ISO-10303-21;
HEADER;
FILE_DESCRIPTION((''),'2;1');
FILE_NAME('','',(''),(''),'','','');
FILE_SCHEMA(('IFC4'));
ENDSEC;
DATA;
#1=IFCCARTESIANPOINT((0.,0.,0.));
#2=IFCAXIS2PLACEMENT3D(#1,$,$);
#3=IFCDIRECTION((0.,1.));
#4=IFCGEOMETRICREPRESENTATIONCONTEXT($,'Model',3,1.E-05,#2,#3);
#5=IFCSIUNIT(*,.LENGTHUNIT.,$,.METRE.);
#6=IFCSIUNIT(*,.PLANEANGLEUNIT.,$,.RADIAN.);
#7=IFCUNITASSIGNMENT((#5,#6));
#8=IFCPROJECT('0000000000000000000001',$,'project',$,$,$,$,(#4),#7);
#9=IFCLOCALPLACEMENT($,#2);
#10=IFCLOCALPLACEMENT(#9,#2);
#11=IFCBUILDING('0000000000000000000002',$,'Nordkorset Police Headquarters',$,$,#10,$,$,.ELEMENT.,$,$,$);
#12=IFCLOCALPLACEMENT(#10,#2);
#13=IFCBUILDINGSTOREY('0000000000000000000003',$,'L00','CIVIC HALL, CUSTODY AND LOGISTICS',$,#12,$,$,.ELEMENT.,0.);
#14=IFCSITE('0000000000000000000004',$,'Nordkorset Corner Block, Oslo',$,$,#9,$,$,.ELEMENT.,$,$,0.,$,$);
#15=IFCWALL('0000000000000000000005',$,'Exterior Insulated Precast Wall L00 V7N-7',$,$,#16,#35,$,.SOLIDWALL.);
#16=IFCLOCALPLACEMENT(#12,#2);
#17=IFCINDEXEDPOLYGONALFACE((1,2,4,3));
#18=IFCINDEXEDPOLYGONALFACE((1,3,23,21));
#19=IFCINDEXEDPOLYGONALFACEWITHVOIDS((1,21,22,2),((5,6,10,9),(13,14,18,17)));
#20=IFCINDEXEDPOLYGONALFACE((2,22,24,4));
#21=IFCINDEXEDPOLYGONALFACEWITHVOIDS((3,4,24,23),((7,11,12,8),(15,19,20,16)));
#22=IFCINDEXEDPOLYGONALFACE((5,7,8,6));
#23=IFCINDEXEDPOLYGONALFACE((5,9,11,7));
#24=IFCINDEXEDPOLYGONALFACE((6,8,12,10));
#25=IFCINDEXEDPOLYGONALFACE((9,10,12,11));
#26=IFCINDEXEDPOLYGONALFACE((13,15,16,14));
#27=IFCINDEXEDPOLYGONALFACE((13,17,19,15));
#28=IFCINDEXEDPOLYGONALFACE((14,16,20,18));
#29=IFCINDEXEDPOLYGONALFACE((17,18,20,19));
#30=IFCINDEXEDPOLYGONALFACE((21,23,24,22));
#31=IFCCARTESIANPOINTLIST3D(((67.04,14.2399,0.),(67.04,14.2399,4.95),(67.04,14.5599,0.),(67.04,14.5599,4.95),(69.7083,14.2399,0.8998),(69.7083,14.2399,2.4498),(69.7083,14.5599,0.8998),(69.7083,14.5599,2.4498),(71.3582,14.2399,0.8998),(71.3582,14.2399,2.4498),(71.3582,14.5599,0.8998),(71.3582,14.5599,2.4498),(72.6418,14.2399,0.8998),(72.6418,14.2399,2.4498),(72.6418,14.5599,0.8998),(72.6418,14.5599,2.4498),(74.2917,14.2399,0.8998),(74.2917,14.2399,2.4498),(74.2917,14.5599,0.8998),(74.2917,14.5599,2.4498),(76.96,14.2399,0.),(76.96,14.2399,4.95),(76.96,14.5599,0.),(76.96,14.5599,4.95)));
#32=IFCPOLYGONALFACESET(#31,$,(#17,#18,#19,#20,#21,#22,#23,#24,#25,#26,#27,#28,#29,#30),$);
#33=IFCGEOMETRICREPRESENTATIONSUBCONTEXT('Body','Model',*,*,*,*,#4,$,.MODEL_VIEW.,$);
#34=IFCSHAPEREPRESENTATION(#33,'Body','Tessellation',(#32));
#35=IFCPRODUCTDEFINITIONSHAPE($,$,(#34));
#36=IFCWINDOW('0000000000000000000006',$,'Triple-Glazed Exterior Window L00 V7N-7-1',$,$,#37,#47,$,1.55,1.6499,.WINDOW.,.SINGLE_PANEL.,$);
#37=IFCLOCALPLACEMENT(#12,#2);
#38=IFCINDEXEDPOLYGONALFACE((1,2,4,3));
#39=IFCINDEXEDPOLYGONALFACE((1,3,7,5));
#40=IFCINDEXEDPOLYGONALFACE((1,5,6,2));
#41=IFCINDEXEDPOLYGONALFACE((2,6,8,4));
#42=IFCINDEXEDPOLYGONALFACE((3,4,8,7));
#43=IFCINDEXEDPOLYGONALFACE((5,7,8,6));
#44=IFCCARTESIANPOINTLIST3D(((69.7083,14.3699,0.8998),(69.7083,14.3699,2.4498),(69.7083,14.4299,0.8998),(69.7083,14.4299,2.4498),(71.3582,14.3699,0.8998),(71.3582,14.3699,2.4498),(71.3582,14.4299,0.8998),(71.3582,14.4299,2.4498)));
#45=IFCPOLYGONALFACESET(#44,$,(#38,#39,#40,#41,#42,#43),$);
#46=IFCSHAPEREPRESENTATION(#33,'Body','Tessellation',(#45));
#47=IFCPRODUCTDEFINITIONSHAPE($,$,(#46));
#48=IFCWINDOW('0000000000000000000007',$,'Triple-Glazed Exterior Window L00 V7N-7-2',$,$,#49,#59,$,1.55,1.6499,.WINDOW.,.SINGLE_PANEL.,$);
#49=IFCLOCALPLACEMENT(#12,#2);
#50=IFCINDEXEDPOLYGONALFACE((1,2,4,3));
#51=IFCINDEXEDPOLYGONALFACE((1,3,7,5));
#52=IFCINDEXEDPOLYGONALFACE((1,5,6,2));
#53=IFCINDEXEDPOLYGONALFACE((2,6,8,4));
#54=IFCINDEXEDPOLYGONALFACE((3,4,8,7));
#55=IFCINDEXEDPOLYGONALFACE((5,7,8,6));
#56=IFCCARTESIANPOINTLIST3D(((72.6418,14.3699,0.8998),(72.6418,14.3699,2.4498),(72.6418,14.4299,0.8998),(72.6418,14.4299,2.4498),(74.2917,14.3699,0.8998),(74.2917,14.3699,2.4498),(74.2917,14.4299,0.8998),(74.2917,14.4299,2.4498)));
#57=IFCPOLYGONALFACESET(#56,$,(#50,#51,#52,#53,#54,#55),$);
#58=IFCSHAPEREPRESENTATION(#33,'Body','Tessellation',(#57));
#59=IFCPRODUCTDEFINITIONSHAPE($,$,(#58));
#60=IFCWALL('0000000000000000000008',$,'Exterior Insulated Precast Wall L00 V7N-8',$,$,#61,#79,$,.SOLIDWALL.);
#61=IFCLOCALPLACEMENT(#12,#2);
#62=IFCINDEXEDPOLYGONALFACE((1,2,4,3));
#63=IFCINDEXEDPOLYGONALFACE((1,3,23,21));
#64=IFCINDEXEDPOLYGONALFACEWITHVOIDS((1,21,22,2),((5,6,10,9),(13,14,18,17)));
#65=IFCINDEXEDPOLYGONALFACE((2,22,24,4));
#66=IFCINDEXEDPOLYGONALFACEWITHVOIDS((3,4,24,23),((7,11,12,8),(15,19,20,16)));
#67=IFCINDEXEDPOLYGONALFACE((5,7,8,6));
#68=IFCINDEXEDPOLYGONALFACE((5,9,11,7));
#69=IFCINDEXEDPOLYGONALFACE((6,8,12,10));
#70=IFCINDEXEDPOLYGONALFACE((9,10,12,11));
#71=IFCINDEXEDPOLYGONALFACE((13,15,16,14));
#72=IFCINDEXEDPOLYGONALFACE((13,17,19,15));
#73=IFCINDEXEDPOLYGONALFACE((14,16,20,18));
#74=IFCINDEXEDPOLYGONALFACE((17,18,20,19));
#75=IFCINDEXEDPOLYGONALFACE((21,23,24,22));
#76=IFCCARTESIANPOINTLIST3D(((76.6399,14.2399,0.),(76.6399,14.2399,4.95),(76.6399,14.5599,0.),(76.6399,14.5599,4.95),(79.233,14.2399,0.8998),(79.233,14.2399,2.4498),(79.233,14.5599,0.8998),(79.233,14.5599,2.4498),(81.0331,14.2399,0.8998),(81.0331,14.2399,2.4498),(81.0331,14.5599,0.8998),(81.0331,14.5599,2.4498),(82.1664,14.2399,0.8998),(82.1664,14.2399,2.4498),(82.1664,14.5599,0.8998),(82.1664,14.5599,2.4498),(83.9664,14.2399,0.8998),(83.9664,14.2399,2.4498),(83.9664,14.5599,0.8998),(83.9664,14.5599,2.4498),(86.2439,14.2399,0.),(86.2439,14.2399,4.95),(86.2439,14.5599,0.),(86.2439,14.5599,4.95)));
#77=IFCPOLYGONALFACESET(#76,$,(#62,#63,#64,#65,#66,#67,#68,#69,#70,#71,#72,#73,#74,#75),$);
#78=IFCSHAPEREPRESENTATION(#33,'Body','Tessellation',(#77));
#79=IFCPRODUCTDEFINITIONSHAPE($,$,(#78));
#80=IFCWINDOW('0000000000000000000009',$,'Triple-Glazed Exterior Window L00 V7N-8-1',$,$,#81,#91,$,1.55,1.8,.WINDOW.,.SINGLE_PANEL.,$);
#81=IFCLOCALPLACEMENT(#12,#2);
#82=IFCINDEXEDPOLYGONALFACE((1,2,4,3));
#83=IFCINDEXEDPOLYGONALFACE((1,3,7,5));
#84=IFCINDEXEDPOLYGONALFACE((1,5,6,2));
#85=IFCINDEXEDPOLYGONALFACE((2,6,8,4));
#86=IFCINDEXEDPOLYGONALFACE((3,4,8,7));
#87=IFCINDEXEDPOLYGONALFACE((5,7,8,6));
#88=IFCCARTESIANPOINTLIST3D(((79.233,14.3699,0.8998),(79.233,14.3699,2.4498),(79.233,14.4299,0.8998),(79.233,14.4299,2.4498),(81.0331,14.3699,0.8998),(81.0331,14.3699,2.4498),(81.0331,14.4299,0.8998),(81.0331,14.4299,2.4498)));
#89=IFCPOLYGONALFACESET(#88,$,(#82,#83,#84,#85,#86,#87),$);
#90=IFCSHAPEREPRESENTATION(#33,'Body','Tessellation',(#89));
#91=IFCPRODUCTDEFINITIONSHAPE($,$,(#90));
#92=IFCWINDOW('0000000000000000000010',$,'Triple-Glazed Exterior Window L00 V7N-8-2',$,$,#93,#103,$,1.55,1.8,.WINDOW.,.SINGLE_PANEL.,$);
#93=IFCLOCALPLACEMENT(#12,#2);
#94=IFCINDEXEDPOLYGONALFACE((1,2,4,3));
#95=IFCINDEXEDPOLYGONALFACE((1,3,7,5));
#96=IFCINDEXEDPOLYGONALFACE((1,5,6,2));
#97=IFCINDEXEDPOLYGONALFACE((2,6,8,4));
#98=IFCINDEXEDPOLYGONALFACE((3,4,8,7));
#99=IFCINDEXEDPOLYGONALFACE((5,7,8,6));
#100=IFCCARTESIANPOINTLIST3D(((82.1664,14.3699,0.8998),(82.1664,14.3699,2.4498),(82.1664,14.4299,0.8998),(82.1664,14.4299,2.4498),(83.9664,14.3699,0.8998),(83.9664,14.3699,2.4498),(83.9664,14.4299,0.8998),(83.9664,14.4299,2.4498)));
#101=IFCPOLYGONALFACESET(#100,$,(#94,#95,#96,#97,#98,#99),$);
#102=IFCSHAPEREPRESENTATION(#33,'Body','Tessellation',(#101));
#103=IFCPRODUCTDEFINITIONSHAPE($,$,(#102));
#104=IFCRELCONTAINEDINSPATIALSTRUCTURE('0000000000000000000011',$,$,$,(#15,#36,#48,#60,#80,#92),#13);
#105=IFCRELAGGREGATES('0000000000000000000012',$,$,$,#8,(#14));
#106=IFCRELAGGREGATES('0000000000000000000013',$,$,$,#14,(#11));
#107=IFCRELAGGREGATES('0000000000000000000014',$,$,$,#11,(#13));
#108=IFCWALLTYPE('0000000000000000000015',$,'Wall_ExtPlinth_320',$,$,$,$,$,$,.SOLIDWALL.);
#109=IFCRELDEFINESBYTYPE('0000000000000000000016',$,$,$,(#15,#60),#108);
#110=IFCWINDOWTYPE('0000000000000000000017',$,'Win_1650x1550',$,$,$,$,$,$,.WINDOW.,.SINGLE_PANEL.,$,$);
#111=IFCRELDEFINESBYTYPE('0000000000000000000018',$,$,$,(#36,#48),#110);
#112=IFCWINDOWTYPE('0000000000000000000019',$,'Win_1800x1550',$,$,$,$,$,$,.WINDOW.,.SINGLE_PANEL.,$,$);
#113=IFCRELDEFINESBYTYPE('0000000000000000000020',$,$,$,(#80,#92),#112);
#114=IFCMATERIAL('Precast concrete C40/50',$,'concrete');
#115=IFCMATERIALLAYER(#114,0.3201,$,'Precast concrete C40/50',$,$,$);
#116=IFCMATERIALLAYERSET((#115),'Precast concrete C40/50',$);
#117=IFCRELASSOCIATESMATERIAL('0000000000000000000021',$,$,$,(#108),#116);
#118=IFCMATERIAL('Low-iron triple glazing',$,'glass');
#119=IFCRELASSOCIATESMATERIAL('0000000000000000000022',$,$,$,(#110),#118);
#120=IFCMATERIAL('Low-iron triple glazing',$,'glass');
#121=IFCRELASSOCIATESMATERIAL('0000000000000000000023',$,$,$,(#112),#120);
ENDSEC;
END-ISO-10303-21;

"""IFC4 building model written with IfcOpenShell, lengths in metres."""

from ifc_helpers import new_model, si_unit, direction, frame, frame_2d, origin, place, context, subcontext, project, spatial, rectangle, extrude, material, layer, layer_set, type_object, element, fill, save


model = new_model("IFC4")

# Units and contexts
model_context = context("Model", 3, precision=1e-05, world=origin(), true_north=direction((0.0, 1.0)))
body_context = subcontext(model_context, "Body", "Model", "MODEL_VIEW")
ifc_project = project(units=[si_unit("LENGTHUNIT", "METRE"), si_unit("PLANEANGLEUNIT", "RADIAN")], contexts=[model_context])

# Site, building, storey
site_placement = place(None, origin())
site = spatial("IfcSite", under=ifc_project, at=site_placement, Name="Nordkorset Corner Block, Oslo", CompositionType="ELEMENT", RefElevation=0.0)
building_placement = place(site_placement, origin())
building = spatial("IfcBuilding", under=site, at=building_placement, Name="Nordkorset Police Headquarters", CompositionType="ELEMENT")
storey_placement = place(building_placement, origin())
storey = spatial("IfcBuildingStorey", under=building, at=storey_placement, Name="L00", Description="CIVIC HALL, CUSTODY AND LOGISTICS", CompositionType="ELEMENT", Elevation=0.0)

# Walls, openings, windows
ifc_material_1 = material(Name="Precast concrete C40/50", Category="concrete")
ifc_layer_1 = layer(ifc_material_1, 0.3201, Name="Precast concrete C40/50")
ifc_layer_set_1 = layer_set([ifc_layer_1], Name="Precast concrete C40/50")
wall_type = type_object("IfcWallType", Name="Wall_ExtPlinth_320", PredefinedType="SOLIDWALL", material=ifc_layer_set_1)
wall_1_placement = place(storey_placement, frame((67.04, 14.3999, 0.0), z_axis=(0.0, 0.0, 1.0), x_axis=(1.0, 0.0, 0.0)))
wall_1 = element("IfcWall", 1, at=wall_1_placement, inside=storey, type_object=wall_type, Name="Exterior Insulated Precast Wall L00 V7N-7", PredefinedType="SOLIDWALL", context=body_context, shape_type="SweptSolid", body=[
    extrude(rectangle(XDim=9.9199, YDim=0.3201, at=frame_2d((4.96, 0.0))), origin(), (0.0, 0.0, 1.0), 4.95),
])
opening_1_placement = place(wall_1_placement, frame((2.6682, 0.0, 0.8999)))
opening_1 = element("IfcOpeningElement", 2, at=opening_1_placement, cuts=wall_1, PredefinedType="OPENING", context=body_context, shape_type="SweptSolid", body=[
    extrude(rectangle(XDim=1.6499, YDim=1.55, at=frame_2d((0.825, 0.7749))), frame((0.0, 0.1699, 0.0), z_axis=(0.0, -1.0, 0.0), x_axis=(1.0, 0.0, 0.0)), (0.0, 0.0, 1.0), 0.3401),
])
opening_2_placement = place(wall_1_placement, frame((5.6018, 0.0, 0.8999)))
opening_2 = element("IfcOpeningElement", 3, at=opening_2_placement, cuts=wall_1, PredefinedType="OPENING", context=body_context, shape_type="SweptSolid", body=[
    extrude(rectangle(XDim=1.6499, YDim=1.55, at=frame_2d((0.825, 0.7749))), frame((0.0, 0.1699, 0.0), z_axis=(0.0, -1.0, 0.0), x_axis=(1.0, 0.0, 0.0)), (0.0, 0.0, 1.0), 0.3401),
])
ifc_material_2 = material(Name="Low-iron triple glazing", Category="glass")
window_type_1 = type_object("IfcWindowType", Name="Win_1650x1550", PartitioningType="SINGLE_PANEL", PredefinedType="WINDOW", material=ifc_material_2)
window_1_placement = place(opening_1_placement, origin())
window_1 = element("IfcWindow", 4, at=window_1_placement, inside=storey, type_object=window_type_1, Name="Triple-Glazed Exterior Window L00 V7N-7-1", OverallHeight=1.55, OverallWidth=1.6499, PartitioningType="SINGLE_PANEL", PredefinedType="WINDOW", context=body_context, shape_type="SweptSolid", body=[
    extrude(rectangle(XDim=1.6499, YDim=1.55, at=frame_2d((0.825, 0.7749))), frame((0.0, 0.03, 0.0), z_axis=(0.0, -1.0, 0.0), x_axis=(1.0, 0.0, 0.0)), (0.0, 0.0, 1.0), 0.0601),
])
fill(opening_1, window_1)
window_2_placement = place(opening_2_placement, origin())
window_2 = element("IfcWindow", 5, at=window_2_placement, inside=storey, type_object=window_type_1, Name="Triple-Glazed Exterior Window L00 V7N-7-2", OverallHeight=1.55, OverallWidth=1.6499, PartitioningType="SINGLE_PANEL", PredefinedType="WINDOW", context=body_context, shape_type="SweptSolid", body=[
    extrude(rectangle(XDim=1.6499, YDim=1.55, at=frame_2d((0.825, 0.7749))), frame((0.0, 0.03, 0.0), z_axis=(0.0, -1.0, 0.0), x_axis=(1.0, 0.0, 0.0)), (0.0, 0.0, 1.0), 0.0601),
])
fill(opening_2, window_2)
wall_2_placement = place(storey_placement, frame((76.6399, 14.3999, 0.0), z_axis=(0.0, 0.0, 1.0), x_axis=(1.0, 0.0, 0.0)))
wall_2 = element("IfcWall", 6, at=wall_2_placement, inside=storey, type_object=wall_type, Name="Exterior Insulated Precast Wall L00 V7N-8", PredefinedType="SOLIDWALL", context=body_context, shape_type="SweptSolid", body=[
    extrude(rectangle(XDim=9.604, YDim=0.3201, at=frame_2d((4.802, 0.0))), origin(), (0.0, 0.0, 1.0), 4.95),
])
opening_3_placement = place(wall_2_placement, frame((2.5933, 0.0, 0.8999)))
opening_3 = element("IfcOpeningElement", 7, at=opening_3_placement, cuts=wall_2, PredefinedType="OPENING", context=body_context, shape_type="SweptSolid", body=[
    extrude(rectangle(XDim=1.8, YDim=1.55, at=frame_2d((0.8999, 0.7749))), frame((0.0, 0.1699, 0.0), z_axis=(0.0, -1.0, 0.0), x_axis=(1.0, 0.0, 0.0)), (0.0, 0.0, 1.0), 0.3401),
])
opening_4_placement = place(wall_2_placement, frame((5.5266, 0.0, 0.8999)))
opening_4 = element("IfcOpeningElement", 8, at=opening_4_placement, cuts=wall_2, PredefinedType="OPENING", context=body_context, shape_type="SweptSolid", body=[
    extrude(rectangle(XDim=1.8, YDim=1.55, at=frame_2d((0.8999, 0.7749))), frame((0.0, 0.1699, 0.0), z_axis=(0.0, -1.0, 0.0), x_axis=(1.0, 0.0, 0.0)), (0.0, 0.0, 1.0), 0.3401),
])
ifc_material_3 = material(Name="Low-iron triple glazing", Category="glass")
window_type_2 = type_object("IfcWindowType", Name="Win_1800x1550", PartitioningType="SINGLE_PANEL", PredefinedType="WINDOW", material=ifc_material_3)
window_3_placement = place(opening_3_placement, origin())
window_3 = element("IfcWindow", 9, at=window_3_placement, inside=storey, type_object=window_type_2, Name="Triple-Glazed Exterior Window L00 V7N-8-1", OverallHeight=1.55, OverallWidth=1.8, PartitioningType="SINGLE_PANEL", PredefinedType="WINDOW", context=body_context, shape_type="SweptSolid", body=[
    extrude(rectangle(XDim=1.8, YDim=1.55, at=frame_2d((0.8999, 0.7749))), frame((0.0, 0.03, 0.0), z_axis=(0.0, -1.0, 0.0), x_axis=(1.0, 0.0, 0.0)), (0.0, 0.0, 1.0), 0.0601),
])
fill(opening_3, window_3)
window_4_placement = place(opening_4_placement, origin())
window_4 = element("IfcWindow", 10, at=window_4_placement, inside=storey, type_object=window_type_2, Name="Triple-Glazed Exterior Window L00 V7N-8-2", OverallHeight=1.55, OverallWidth=1.8, PartitioningType="SINGLE_PANEL", PredefinedType="WINDOW", context=body_context, shape_type="SweptSolid", body=[
    extrude(rectangle(XDim=1.8, YDim=1.55, at=frame_2d((0.8999, 0.7749))), frame((0.0, 0.03, 0.0), z_axis=(0.0, -1.0, 0.0), x_axis=(1.0, 0.0, 0.0)), (0.0, 0.0, 1.0), 0.0601),
])
fill(opening_4, window_4)

save(model, "model.ifc")
